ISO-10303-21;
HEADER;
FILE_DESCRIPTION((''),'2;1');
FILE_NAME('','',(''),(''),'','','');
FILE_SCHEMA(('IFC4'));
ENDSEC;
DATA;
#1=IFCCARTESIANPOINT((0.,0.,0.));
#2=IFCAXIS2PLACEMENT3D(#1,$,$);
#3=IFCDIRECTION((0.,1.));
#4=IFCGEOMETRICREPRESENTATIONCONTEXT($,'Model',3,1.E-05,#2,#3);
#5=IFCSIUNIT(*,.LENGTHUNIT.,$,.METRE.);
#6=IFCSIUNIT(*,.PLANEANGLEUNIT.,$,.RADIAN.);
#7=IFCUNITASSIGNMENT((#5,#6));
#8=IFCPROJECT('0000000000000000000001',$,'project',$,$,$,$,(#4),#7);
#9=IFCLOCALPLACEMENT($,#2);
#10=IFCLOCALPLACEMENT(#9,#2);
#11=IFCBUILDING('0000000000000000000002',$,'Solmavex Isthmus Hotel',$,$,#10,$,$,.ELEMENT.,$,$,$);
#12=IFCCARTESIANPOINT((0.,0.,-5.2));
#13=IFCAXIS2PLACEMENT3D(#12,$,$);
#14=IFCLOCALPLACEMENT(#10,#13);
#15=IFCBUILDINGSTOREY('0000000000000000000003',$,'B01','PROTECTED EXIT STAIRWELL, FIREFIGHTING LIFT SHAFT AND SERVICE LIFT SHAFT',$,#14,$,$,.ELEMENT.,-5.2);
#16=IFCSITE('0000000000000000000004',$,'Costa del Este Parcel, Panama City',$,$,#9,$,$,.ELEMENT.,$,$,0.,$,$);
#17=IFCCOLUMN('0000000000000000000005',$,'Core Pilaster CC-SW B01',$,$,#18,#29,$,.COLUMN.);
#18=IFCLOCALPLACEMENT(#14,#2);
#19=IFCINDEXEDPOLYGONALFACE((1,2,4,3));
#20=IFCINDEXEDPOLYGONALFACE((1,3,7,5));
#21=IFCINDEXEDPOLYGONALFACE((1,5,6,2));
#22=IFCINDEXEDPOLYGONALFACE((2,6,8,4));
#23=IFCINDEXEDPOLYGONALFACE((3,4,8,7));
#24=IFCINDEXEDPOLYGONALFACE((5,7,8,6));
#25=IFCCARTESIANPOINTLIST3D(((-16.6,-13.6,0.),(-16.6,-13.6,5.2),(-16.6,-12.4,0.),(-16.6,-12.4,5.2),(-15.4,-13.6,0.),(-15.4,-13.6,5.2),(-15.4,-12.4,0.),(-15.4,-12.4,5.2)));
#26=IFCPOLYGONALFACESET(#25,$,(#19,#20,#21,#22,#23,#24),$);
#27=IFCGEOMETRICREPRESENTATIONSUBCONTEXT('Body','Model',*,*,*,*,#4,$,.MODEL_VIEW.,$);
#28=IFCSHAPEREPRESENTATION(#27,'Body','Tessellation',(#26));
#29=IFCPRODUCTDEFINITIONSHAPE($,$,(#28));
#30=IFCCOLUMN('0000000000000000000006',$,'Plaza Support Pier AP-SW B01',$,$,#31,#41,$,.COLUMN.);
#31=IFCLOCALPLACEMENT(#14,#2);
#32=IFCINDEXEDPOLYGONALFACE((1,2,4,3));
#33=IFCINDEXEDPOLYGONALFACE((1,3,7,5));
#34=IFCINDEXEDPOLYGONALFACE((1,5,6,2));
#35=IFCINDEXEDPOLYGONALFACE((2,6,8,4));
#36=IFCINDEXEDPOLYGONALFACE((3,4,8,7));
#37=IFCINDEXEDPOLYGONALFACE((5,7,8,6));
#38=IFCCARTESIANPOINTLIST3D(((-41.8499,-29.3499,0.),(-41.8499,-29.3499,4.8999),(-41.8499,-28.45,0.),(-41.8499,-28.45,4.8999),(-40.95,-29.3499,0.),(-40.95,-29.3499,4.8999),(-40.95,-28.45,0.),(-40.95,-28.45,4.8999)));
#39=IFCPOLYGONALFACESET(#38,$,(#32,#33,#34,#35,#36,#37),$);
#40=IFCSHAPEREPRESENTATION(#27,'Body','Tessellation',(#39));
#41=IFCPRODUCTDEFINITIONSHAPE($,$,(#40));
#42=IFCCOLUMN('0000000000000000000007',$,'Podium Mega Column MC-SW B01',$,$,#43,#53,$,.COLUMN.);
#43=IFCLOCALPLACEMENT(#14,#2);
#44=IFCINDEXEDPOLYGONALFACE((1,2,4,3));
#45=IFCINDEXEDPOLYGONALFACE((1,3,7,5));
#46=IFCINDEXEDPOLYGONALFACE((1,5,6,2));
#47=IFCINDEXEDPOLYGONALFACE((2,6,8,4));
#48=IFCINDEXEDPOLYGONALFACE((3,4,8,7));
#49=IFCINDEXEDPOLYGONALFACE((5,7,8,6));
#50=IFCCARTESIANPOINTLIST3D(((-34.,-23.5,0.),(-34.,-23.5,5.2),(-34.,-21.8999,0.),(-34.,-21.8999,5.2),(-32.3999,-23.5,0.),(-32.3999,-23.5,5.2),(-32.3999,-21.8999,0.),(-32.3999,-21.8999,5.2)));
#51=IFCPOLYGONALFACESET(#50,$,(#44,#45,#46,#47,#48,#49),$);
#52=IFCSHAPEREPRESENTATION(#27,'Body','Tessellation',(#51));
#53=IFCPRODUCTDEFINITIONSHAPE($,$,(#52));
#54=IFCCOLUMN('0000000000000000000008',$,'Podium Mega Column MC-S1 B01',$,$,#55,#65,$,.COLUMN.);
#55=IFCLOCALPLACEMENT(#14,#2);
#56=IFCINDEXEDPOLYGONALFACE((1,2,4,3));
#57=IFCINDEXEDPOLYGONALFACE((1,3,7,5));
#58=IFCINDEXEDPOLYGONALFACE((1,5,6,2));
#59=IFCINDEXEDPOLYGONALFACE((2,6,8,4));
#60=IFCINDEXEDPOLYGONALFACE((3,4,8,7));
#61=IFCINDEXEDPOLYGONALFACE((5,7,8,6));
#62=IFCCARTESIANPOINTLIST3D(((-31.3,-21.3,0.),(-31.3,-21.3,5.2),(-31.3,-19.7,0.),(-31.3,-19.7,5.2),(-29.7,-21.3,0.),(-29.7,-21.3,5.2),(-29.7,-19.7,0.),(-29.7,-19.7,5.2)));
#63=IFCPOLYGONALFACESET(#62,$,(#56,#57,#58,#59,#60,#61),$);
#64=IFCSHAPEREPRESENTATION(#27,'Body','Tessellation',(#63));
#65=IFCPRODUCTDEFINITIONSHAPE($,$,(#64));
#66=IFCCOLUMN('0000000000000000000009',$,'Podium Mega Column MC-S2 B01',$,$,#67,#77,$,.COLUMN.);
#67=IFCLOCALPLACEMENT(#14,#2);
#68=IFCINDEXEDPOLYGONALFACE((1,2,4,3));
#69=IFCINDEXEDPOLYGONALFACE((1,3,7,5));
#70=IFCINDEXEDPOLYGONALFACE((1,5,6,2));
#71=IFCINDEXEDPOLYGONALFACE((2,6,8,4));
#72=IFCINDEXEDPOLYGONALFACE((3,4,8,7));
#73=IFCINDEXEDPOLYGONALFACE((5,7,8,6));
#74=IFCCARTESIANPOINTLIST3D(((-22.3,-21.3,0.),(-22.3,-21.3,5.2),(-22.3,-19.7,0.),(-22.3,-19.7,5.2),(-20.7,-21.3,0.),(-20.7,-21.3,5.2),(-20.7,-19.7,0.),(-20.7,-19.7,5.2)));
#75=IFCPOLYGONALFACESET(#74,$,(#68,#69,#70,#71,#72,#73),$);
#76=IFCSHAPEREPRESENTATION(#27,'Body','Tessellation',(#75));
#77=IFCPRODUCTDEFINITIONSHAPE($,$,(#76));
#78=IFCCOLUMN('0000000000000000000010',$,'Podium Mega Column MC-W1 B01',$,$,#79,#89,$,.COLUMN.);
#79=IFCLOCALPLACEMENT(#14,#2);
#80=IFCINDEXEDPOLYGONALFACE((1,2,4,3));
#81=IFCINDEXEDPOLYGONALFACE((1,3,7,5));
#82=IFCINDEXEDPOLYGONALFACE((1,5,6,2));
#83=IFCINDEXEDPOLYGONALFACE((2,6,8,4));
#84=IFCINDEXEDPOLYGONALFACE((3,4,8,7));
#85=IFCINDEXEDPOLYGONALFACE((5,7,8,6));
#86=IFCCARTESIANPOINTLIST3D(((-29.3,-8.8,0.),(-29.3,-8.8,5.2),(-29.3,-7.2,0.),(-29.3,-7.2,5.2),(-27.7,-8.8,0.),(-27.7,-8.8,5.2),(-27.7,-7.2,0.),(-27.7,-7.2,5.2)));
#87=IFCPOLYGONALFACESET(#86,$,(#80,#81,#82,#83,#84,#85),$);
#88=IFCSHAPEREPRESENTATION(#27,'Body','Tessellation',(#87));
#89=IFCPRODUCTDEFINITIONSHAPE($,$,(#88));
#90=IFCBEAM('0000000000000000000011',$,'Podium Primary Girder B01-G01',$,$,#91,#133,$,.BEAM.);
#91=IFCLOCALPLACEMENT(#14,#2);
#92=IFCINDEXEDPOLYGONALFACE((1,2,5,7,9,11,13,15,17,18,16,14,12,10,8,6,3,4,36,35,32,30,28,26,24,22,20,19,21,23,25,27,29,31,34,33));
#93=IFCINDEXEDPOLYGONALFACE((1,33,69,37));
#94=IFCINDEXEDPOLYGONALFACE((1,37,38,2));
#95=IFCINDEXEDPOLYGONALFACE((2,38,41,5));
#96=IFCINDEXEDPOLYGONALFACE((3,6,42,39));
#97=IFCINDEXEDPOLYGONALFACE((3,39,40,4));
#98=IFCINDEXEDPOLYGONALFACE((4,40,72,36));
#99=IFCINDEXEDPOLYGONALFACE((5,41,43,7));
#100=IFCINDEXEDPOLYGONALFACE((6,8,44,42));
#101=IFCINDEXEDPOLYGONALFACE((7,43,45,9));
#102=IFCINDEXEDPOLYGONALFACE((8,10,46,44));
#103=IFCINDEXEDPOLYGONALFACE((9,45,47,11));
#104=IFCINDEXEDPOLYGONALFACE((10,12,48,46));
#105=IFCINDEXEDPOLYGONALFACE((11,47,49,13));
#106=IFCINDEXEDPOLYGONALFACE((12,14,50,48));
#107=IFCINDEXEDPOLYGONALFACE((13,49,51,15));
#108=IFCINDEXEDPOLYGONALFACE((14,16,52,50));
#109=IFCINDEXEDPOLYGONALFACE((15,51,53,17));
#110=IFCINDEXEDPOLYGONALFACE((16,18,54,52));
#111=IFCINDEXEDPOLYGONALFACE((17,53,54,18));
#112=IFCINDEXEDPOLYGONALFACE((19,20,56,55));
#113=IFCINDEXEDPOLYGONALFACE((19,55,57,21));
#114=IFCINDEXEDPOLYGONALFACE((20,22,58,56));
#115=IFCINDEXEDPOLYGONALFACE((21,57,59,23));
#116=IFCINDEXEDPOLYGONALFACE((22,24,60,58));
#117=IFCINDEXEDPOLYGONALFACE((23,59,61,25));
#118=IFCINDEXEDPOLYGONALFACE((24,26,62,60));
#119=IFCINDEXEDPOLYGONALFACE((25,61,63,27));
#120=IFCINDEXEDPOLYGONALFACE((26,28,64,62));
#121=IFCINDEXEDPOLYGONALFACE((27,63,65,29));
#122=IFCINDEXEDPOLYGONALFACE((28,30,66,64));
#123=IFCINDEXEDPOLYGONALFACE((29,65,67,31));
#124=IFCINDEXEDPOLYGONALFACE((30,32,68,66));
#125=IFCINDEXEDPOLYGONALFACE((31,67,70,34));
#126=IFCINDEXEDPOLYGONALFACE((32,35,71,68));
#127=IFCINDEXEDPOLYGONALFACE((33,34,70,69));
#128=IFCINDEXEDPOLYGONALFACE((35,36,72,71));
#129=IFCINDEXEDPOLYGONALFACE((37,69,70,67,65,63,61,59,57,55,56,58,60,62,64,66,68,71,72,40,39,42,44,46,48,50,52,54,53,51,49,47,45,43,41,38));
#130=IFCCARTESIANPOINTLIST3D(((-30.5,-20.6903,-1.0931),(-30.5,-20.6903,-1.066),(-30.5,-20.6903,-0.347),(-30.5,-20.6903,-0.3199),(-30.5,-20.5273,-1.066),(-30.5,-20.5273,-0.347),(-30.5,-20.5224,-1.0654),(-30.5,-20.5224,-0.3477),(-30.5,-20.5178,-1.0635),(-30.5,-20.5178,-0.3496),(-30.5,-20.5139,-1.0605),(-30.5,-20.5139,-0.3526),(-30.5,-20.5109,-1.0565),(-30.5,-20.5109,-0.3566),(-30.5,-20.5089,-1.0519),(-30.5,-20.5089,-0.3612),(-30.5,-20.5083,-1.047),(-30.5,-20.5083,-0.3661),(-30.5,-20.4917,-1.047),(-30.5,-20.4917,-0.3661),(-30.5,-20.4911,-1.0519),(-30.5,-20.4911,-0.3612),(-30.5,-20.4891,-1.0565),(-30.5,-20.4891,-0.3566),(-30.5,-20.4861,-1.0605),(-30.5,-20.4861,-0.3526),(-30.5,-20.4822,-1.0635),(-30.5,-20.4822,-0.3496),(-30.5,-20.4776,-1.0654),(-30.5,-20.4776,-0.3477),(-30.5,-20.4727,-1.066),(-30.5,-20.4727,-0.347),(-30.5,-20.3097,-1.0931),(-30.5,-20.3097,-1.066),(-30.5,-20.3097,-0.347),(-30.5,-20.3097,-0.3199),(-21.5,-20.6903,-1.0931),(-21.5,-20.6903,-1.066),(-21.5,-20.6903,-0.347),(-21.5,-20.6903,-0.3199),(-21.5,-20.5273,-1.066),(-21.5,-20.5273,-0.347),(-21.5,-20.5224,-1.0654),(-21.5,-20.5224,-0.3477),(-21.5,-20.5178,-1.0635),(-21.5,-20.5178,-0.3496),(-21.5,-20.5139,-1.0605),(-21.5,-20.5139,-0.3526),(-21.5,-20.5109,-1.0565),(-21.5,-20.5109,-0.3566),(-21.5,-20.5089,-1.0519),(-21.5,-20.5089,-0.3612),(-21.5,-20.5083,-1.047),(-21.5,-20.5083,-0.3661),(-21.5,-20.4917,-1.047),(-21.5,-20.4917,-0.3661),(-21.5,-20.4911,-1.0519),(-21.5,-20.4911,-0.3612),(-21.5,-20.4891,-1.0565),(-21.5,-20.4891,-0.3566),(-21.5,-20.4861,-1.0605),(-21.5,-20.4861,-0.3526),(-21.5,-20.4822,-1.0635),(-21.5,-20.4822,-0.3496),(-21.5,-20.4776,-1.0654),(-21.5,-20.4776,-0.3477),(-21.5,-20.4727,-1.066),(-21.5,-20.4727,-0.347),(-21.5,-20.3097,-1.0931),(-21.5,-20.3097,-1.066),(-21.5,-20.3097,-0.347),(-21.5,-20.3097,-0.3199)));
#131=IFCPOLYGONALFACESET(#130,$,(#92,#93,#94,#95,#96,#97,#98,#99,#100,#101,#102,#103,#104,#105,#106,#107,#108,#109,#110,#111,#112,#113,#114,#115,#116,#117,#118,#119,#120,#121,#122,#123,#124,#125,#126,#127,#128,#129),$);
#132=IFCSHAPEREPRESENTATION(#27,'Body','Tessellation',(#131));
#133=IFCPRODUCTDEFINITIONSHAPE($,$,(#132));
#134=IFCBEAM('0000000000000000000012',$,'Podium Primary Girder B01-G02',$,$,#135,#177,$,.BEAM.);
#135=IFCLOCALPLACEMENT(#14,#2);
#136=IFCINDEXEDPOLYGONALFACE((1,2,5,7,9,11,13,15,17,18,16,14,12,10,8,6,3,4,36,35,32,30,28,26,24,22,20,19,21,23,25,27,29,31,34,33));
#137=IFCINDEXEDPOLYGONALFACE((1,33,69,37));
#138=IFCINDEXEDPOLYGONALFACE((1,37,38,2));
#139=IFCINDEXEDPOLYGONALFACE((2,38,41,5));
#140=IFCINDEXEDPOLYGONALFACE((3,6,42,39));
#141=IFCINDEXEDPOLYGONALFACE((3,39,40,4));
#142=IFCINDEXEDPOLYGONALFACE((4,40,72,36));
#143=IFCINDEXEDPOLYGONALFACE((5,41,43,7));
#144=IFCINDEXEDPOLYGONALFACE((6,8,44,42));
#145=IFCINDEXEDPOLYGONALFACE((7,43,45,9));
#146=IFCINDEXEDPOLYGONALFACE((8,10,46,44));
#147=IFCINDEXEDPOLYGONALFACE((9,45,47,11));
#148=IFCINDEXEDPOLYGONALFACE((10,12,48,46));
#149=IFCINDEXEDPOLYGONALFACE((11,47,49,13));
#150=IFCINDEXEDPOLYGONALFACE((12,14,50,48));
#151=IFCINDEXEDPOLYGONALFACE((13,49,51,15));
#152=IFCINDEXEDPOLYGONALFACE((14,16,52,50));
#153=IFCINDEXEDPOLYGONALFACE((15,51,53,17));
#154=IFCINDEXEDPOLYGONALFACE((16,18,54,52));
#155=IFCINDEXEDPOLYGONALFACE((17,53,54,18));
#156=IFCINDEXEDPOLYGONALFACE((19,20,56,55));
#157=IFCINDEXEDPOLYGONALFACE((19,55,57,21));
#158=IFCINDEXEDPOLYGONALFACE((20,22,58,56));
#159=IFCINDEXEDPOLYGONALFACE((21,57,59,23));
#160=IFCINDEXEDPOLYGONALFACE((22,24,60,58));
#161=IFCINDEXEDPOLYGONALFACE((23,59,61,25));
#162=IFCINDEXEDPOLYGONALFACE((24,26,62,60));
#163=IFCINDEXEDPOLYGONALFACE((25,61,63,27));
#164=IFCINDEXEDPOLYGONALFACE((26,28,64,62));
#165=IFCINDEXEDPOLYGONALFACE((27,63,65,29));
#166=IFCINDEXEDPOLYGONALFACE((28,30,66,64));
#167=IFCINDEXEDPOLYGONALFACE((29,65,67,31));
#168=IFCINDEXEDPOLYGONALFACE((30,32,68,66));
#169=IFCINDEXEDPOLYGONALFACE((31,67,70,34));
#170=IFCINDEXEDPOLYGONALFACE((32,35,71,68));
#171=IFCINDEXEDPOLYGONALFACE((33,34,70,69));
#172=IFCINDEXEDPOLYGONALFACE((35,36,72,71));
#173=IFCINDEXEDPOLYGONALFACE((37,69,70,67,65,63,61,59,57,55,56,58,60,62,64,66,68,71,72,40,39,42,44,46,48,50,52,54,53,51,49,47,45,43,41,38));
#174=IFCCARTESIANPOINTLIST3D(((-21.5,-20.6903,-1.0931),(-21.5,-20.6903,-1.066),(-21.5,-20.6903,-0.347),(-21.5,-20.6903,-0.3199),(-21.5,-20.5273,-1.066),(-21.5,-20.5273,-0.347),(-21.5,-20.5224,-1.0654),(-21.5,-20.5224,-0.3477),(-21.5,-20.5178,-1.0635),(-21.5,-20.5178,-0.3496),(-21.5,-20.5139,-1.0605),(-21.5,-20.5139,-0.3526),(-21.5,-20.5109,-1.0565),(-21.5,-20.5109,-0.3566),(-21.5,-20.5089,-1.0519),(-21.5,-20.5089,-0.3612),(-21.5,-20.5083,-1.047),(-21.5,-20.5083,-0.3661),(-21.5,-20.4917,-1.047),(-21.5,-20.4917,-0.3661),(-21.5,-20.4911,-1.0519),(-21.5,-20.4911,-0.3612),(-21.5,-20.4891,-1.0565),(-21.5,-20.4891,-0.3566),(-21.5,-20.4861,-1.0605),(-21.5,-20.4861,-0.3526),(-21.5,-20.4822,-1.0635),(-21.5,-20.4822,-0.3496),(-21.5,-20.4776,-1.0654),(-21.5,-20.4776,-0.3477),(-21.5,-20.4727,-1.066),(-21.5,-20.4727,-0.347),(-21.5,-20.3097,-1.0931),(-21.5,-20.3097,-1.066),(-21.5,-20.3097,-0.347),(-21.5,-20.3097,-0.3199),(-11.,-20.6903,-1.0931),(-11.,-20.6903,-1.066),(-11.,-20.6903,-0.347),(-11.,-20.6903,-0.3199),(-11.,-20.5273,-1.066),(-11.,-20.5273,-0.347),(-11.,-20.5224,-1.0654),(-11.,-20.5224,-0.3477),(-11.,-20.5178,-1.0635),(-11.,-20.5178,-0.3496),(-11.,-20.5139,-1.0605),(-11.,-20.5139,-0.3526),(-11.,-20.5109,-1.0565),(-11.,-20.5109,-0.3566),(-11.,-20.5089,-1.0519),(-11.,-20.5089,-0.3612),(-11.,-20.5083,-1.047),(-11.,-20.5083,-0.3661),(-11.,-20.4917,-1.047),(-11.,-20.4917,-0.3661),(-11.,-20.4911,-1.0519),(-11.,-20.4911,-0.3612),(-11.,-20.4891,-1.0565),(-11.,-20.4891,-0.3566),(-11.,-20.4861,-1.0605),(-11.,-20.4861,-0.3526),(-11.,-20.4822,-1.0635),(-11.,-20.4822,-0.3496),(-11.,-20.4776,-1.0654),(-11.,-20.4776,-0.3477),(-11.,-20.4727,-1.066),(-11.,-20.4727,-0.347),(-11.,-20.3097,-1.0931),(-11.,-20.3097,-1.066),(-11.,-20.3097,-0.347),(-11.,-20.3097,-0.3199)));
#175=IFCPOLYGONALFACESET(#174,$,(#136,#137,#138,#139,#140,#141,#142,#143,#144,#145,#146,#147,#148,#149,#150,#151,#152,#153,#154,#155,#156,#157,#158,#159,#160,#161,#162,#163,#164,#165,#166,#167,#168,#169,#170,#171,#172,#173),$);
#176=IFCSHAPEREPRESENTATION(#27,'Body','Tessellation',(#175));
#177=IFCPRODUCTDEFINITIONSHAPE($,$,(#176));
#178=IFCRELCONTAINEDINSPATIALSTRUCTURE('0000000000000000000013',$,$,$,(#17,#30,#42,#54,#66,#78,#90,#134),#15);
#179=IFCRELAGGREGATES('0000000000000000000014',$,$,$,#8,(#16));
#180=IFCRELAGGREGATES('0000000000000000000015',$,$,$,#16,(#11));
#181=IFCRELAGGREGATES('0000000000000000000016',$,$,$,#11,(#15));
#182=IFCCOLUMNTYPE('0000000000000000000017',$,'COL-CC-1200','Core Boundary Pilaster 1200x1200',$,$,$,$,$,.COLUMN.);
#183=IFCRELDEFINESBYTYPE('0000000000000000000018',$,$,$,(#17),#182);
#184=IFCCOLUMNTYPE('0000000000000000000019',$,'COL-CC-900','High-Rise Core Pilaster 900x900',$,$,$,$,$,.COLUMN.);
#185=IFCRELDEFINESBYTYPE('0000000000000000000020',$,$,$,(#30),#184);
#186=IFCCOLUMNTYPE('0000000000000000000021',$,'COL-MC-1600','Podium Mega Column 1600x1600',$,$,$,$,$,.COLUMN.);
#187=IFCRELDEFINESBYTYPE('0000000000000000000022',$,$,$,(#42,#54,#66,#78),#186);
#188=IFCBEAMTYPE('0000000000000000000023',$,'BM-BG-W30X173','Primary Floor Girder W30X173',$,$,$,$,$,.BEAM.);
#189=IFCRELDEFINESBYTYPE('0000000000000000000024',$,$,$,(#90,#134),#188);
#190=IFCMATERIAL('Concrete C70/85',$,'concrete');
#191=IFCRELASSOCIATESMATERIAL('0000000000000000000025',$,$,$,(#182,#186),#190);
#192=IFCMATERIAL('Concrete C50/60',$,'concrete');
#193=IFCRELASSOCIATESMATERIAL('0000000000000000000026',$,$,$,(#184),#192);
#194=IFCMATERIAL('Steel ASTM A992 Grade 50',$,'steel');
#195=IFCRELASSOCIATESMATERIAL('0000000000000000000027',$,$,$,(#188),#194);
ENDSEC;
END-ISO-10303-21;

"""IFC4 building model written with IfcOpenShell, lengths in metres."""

from ifc_helpers import new_model, si_unit, direction, frame, origin, origin_2d, place, context, subcontext, project, spatial, rectangle, i_section, extrude, material, material_profile, profile_set, type_object, element, save


model = new_model("IFC4")

# Units and contexts
model_context = context("Model", 3, precision=1e-05, world=origin(), true_north=direction((0.0, 1.0)))
body_context = subcontext(model_context, "Body", "Model", "MODEL_VIEW")
ifc_project = project(units=[si_unit("LENGTHUNIT", "METRE"), si_unit("PLANEANGLEUNIT", "RADIAN")], contexts=[model_context])

# Site, building, storey
site_placement = place(None, origin())
site = spatial("IfcSite", under=ifc_project, at=site_placement, Name="Costa del Este Parcel, Panama City", CompositionType="ELEMENT", RefElevation=0.0)
building_placement = place(site_placement, origin())
building = spatial("IfcBuilding", under=site, at=building_placement, Name="Solmavex Isthmus Hotel", CompositionType="ELEMENT")
storey_placement = place(building_placement, frame((0.0, 0.0, -5.2)))
storey = spatial("IfcBuildingStorey", under=building, at=storey_placement, Name="B01", Description="PROTECTED EXIT STAIRWELL, FIREFIGHTING LIFT SHAFT AND SERVICE LIFT SHAFT", CompositionType="ELEMENT", Elevation=-5.2)

# Columns
ifc_material_1 = material(Name="Concrete C70/85", Category="concrete")
ifc_material_profile_1 = material_profile(ifc_material_1, rectangle(XDim=1.2, YDim=1.2, at=origin_2d()), Name="RC1200X1200")
ifc_profile_set_1 = profile_set([ifc_material_profile_1], Name="Concrete C70/85")
column_type_1 = type_object("IfcColumnType", Name="COL-CC-1200", Description="Core Boundary Pilaster 1200x1200", PredefinedType="COLUMN", material=ifc_profile_set_1)
column_1_placement = place(storey_placement, frame((-16.0, -13.0, 0.0), z_axis=(0.0, 0.0, 1.0), x_axis=(1.0, 0.0, 0.0)))
element("IfcColumn", 1, at=column_1_placement, inside=storey, type_object=column_type_1, Name="Core Pilaster CC-SW B01", PredefinedType="COLUMN", context=body_context, shape_type="SweptSolid", body=[
    extrude(rectangle(XDim=1.2, YDim=1.2, at=origin_2d()), origin(), (0.0, 0.0, 1.0), 5.2),
])
ifc_material_2 = material(Name="Concrete C50/60", Category="concrete")
ifc_material_profile_2 = material_profile(ifc_material_2, rectangle(XDim=0.8999, YDim=0.8999, at=origin_2d()), Name="RC900X900")
ifc_profile_set_2 = profile_set([ifc_material_profile_2], Name="Concrete C50/60")
column_type_2 = type_object("IfcColumnType", Name="COL-CC-900", Description="High-Rise Core Pilaster 900x900", PredefinedType="COLUMN", material=ifc_profile_set_2)
column_2_placement = place(storey_placement, frame((-41.3999, -28.8999, 0.0), z_axis=(0.0, 0.0, 1.0), x_axis=(1.0, 0.0, 0.0)))
element("IfcColumn", 2, at=column_2_placement, inside=storey, type_object=column_type_2, Name="Plaza Support Pier AP-SW B01", PredefinedType="COLUMN", context=body_context, shape_type="SweptSolid", body=[
    extrude(rectangle(XDim=0.8999, YDim=0.8999, at=origin_2d()), origin(), (0.0, 0.0, 1.0), 4.8999),
])
ifc_material_profile_3 = material_profile(ifc_material_1, rectangle(XDim=1.6001, YDim=1.6001, at=origin_2d()), Name="RC1600X1600")
ifc_profile_set_3 = profile_set([ifc_material_profile_3], Name="Concrete C70/85")
column_type_3 = type_object("IfcColumnType", Name="COL-MC-1600", Description="Podium Mega Column 1600x1600", PredefinedType="COLUMN", material=ifc_profile_set_3)
for number, where, z_axis, x_axis, name in (
    (3, (-33.2, -22.7, 0.0), (0.0, 0.0, 1.0), (1.0, 0.0, 0.0), "Podium Mega Column MC-SW B01"),
    (4, (-30.5, -20.5, 0.0), (0.0, 0.0, 1.0), (1.0, 0.0, 0.0), "Podium Mega Column MC-S1 B01"),
    (5, (-21.5, -20.5, 0.0), (0.0, 0.0, 1.0), (1.0, 0.0, 0.0), "Podium Mega Column MC-S2 B01"),
    (6, (-28.5, -8.0, 0.0), (0.0, 0.0, 1.0), (1.0, 0.0, 0.0), "Podium Mega Column MC-W1 B01"),
):
    element("IfcColumn", number, at=place(storey_placement, frame(where, z_axis=z_axis, x_axis=x_axis)), inside=storey, type_object=column_type_3, Name=name, PredefinedType="COLUMN", context=body_context, shape_type="SweptSolid", body=[
        extrude(rectangle(XDim=1.6001, YDim=1.6001, at=origin_2d()), origin(), (0.0, 0.0, 1.0), 5.2),
    ])

# Beams
ifc_material_3 = material(Name="Steel ASTM A992 Grade 50", Category="steel")
ifc_material_profile_4 = material_profile(ifc_material_3, i_section(OverallWidth=0.3806, OverallDepth=0.7732, WebThickness=0.0166, FlangeThickness=0.0271, FilletRadius=0.019, at=origin_2d()), Name="W30X173")
ifc_profile_set_4 = profile_set([ifc_material_profile_4], Name="Steel ASTM A992 Grade 50")
beam_type_1 = type_object("IfcBeamType", Name="BM-BG-W30X173", Description="Primary Floor Girder W30X173", PredefinedType="BEAM", material=ifc_profile_set_4)
beam_1_placement = place(storey_placement, frame((-30.5, -20.5, -0.7065), z_axis=(1.0, 0.0, 0.0), x_axis=(0.0, 1.0, 0.0)))
element("IfcBeam", 7, at=beam_1_placement, inside=storey, type_object=beam_type_1, Name="Podium Primary Girder B01-G01", PredefinedType="BEAM", context=body_context, shape_type="SweptSolid", body=[
    extrude(i_section(OverallWidth=0.3806, OverallDepth=0.7732, WebThickness=0.0166, FlangeThickness=0.0271, FilletRadius=0.019, at=origin_2d()), origin(), (0.0, 0.0, 1.0), 9.0),
])
beam_2_placement = place(storey_placement, frame((-21.5, -20.5, -0.7065), z_axis=(1.0, 0.0, 0.0), x_axis=(0.0, 1.0, 0.0)))
element("IfcBeam", 8, at=beam_2_placement, inside=storey, type_object=beam_type_1, Name="Podium Primary Girder B01-G02", PredefinedType="BEAM", context=body_context, shape_type="SweptSolid", body=[
    extrude(i_section(OverallWidth=0.3806, OverallDepth=0.7732, WebThickness=0.0166, FlangeThickness=0.0271, FilletRadius=0.019, at=origin_2d()), origin(), (0.0, 0.0, 1.0), 10.5),
])

save(model, "model.ifc")
